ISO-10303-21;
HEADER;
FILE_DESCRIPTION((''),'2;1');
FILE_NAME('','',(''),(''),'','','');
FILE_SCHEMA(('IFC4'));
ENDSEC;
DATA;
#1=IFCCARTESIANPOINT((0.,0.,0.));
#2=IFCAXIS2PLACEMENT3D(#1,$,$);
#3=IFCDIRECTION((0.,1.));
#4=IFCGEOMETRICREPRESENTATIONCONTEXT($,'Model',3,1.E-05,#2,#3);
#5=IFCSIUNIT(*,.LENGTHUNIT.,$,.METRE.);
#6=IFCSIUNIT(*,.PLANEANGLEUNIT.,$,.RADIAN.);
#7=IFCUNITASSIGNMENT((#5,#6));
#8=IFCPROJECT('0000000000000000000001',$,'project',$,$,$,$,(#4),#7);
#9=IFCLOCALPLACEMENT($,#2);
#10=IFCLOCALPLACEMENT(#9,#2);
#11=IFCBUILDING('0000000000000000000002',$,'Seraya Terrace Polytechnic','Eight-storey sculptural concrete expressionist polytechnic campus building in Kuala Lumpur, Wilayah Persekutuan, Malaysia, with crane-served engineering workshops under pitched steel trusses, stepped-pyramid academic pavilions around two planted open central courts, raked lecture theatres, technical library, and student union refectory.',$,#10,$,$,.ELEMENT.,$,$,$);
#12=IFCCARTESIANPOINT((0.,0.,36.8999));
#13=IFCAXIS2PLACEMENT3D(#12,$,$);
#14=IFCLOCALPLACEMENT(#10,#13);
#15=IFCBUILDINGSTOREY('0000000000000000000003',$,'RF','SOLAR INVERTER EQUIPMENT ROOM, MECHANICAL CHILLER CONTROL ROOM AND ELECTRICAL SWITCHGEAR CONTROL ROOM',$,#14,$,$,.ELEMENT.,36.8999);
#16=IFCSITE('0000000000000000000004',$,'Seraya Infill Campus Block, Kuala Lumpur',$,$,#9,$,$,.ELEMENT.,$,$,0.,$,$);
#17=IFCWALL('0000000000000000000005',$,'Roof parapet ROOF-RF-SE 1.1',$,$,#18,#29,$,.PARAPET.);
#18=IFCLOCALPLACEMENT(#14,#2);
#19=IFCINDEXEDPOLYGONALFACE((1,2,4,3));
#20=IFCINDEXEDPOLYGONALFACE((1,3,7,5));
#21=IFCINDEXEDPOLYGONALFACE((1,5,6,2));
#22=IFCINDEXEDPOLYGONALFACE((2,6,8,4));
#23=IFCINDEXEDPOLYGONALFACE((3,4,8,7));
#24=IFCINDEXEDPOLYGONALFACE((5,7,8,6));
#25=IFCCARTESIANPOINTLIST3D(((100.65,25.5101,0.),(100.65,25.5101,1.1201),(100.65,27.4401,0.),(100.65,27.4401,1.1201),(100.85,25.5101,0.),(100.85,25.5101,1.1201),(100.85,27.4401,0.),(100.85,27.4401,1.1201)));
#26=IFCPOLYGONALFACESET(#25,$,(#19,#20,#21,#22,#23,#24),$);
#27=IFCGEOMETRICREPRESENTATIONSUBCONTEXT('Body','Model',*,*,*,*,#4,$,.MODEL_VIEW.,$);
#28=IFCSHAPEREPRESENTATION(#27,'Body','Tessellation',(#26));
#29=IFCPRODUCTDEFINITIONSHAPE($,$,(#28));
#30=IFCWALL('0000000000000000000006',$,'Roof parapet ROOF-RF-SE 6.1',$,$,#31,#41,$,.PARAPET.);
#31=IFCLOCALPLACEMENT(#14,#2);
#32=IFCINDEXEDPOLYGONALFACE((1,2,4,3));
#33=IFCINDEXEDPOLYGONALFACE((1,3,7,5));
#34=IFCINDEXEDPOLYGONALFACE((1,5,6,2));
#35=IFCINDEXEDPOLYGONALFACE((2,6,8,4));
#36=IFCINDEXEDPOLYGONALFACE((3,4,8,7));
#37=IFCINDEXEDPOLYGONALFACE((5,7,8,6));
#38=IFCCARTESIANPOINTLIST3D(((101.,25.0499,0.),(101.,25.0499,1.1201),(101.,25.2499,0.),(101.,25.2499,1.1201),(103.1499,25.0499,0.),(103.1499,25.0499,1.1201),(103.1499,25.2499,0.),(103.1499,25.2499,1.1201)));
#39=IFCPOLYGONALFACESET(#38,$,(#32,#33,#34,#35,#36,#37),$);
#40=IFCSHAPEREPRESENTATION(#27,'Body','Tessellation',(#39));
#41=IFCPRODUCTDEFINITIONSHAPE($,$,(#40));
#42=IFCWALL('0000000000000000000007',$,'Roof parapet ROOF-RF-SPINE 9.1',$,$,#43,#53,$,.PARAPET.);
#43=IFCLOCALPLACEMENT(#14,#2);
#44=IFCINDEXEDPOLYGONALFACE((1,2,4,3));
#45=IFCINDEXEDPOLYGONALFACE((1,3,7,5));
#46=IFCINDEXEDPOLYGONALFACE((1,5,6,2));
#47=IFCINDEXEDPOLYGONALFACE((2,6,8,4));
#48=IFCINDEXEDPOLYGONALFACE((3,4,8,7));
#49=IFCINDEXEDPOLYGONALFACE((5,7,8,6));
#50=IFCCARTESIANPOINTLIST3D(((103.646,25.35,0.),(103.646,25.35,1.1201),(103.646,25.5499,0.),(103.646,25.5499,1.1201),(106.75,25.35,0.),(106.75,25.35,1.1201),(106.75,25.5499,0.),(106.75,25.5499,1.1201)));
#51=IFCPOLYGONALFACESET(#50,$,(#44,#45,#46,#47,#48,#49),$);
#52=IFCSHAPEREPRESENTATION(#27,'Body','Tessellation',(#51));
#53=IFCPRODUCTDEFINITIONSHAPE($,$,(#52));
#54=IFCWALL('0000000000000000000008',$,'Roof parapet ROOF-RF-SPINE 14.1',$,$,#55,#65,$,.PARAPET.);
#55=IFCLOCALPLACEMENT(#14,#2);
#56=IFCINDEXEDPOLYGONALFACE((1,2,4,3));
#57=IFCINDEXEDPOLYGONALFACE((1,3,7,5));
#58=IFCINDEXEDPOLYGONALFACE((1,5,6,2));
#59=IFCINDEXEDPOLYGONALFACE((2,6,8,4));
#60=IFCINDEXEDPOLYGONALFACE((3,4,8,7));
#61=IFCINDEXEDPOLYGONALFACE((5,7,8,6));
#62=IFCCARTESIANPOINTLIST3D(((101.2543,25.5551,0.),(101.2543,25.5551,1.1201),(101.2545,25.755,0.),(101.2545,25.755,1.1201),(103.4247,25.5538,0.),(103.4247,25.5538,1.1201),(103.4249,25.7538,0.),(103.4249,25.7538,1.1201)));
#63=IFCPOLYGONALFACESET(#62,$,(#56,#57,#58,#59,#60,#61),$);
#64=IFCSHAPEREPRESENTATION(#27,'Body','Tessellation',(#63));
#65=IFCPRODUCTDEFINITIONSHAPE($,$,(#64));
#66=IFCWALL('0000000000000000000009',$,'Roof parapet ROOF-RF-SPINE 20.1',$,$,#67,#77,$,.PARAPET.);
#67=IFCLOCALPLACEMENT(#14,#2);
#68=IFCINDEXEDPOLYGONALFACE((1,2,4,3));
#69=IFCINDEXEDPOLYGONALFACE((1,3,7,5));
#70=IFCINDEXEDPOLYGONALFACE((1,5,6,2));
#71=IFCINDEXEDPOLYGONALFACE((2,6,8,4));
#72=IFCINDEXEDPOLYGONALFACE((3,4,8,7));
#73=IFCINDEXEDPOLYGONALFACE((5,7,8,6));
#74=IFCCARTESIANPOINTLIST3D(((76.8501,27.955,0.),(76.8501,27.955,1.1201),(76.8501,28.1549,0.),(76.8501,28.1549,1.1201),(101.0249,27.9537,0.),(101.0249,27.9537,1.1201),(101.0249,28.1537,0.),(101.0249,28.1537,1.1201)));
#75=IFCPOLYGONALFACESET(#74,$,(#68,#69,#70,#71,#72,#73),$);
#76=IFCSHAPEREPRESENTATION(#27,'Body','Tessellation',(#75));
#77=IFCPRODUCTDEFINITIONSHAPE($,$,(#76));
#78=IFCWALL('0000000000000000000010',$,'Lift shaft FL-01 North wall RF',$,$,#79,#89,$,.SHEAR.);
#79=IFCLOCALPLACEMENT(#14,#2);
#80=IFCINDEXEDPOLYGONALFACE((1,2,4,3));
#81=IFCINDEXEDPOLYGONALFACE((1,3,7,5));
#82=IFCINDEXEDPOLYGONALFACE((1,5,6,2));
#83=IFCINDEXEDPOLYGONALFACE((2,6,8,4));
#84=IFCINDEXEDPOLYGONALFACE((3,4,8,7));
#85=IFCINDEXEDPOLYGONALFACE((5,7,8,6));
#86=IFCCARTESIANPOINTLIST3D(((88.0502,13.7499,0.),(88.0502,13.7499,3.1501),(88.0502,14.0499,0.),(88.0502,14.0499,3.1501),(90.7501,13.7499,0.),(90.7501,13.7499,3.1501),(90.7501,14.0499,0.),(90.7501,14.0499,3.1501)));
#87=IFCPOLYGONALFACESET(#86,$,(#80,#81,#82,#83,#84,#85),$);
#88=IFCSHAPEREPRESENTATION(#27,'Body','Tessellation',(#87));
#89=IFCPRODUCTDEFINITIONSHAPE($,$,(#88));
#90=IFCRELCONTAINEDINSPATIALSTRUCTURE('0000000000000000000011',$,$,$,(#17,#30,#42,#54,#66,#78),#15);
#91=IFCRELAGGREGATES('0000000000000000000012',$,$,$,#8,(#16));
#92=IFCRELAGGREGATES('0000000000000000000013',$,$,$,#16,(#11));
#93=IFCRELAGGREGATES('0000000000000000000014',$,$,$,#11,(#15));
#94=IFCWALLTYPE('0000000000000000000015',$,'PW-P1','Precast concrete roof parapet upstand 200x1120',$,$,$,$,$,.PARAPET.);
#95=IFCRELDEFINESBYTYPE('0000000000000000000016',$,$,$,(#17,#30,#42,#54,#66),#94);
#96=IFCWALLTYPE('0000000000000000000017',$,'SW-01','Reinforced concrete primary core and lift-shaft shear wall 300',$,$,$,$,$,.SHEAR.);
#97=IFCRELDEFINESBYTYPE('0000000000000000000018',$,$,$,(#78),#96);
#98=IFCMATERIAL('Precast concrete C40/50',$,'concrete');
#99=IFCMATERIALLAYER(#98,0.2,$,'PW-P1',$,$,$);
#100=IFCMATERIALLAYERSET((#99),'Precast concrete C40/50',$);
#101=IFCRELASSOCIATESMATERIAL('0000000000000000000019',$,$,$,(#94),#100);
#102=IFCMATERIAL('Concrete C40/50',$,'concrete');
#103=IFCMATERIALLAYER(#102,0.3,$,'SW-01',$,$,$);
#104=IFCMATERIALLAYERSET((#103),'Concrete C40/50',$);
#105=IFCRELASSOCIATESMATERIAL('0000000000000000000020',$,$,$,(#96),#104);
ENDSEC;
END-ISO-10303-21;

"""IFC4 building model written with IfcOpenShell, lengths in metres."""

from ifc_helpers import new_model, si_unit, direction, frame, frame_2d, origin, place, context, subcontext, project, spatial, rectangle, extrude, material, layer, layer_set, type_object, element, save


model = new_model("IFC4")

# Units and contexts
model_context = context("Model", 3, precision=1e-05, world=origin(), true_north=direction((0.0, 1.0)))
body_context = subcontext(model_context, "Body", "Model", "MODEL_VIEW")
ifc_project = project(units=[si_unit("LENGTHUNIT", "METRE"), si_unit("PLANEANGLEUNIT", "RADIAN")], contexts=[model_context])

# Site, building, storey
site_placement = place(None, origin())
site = spatial("IfcSite", under=ifc_project, at=site_placement, Name="Seraya Infill Campus Block, Kuala Lumpur", CompositionType="ELEMENT", RefElevation=0.0)
building_placement = place(site_placement, origin())
building = spatial("IfcBuilding", under=site, at=building_placement, Name="Seraya Terrace Polytechnic", Description="Eight-storey sculptural concrete expressionist polytechnic campus building in Kuala Lumpur, Wilayah Persekutuan, Malaysia, with crane-served engineering workshops under pitched steel trusses, stepped-pyramid academic pavilions around two planted open central courts, raked lecture theatres, technical library, and student union refectory.", CompositionType="ELEMENT")
storey_placement = place(building_placement, frame((0.0, 0.0, 36.8999)))
storey = spatial("IfcBuildingStorey", under=building, at=storey_placement, Name="RF", Description="SOLAR INVERTER EQUIPMENT ROOM, MECHANICAL CHILLER CONTROL ROOM AND ELECTRICAL SWITCHGEAR CONTROL ROOM", CompositionType="ELEMENT", Elevation=36.8999)

# Shared definitions
ifc_material_1 = material(Name="Concrete C40/50", Category="concrete")

# Shared definitions
ifc_material_2 = material(Name="Precast concrete C40/50", Category="concrete")

# Walls
ifc_layer_1 = layer(ifc_material_2, 0.2, Name="PW-P1")
ifc_layer_set_1 = layer_set([ifc_layer_1], Name="Precast concrete C40/50")
wall_type_1 = type_object("IfcWallType", Name="PW-P1", Description="Precast concrete roof parapet upstand 200x1120", PredefinedType="PARAPET", material=ifc_layer_set_1)
wall_1_placement = place(storey_placement, frame((100.75, 27.4399, 0.0), z_axis=(0.0, 0.0, 1.0), x_axis=(0.0, -1.0, 0.0)))
element("IfcWall", 1, at=wall_1_placement, inside=storey, type_object=wall_type_1, Name="Roof parapet ROOF-RF-SE 1.1", PredefinedType="PARAPET", context=body_context, shape_type="SweptSolid", body=[
    extrude(rectangle(XDim=1.9299, YDim=0.2, at=frame_2d((0.9648, 0.0))), origin(), (0.0, 0.0, 1.0), 1.1201),
])
wall_2_placement = place(storey_placement, frame((101.0, 25.1499, 0.0), z_axis=(0.0, 0.0, 1.0), x_axis=(1.0, 0.0, 0.0)))
element("IfcWall", 2, at=wall_2_placement, inside=storey, type_object=wall_type_1, Name="Roof parapet ROOF-RF-SE 6.1", PredefinedType="PARAPET", context=body_context, shape_type="SweptSolid", body=[
    extrude(rectangle(XDim=2.1499, YDim=0.2, at=frame_2d((1.075, 0.0))), origin(), (0.0, 0.0, 1.0), 1.1201),
])
wall_3_placement = place(storey_placement, frame((106.75, 25.45, 0.0), z_axis=(0.0, 0.0, 1.0), x_axis=(-1.0, 0.0, 0.0)))
element("IfcWall", 3, at=wall_3_placement, inside=storey, type_object=wall_type_1, Name="Roof parapet ROOF-RF-SPINE 9.1", PredefinedType="PARAPET", context=body_context, shape_type="SweptSolid", body=[
    extrude(rectangle(XDim=3.104, YDim=0.2, at=frame_2d((1.552, 0.0))), origin(), (0.0, 0.0, 1.0), 1.1201),
])
wall_4_placement = place(storey_placement, frame((103.4248, 25.6538, 0.0), z_axis=(0.0, 0.0, 1.0), x_axis=(-1.0, 0.000562, 0.0)))
element("IfcWall", 4, at=wall_4_placement, inside=storey, type_object=wall_type_1, Name="Roof parapet ROOF-RF-SPINE 14.1", PredefinedType="PARAPET", context=body_context, shape_type="SweptSolid", body=[
    extrude(rectangle(XDim=2.1704, YDim=0.2, at=frame_2d((1.0852, 0.0))), origin(), (0.0, 0.0, 1.0), 1.1201),
])
wall_5_placement = place(storey_placement, frame((101.0249, 28.0537, 0.0), z_axis=(0.0, 0.0, 1.0), x_axis=(-1.0, 0.00005, 0.0)))
element("IfcWall", 5, at=wall_5_placement, inside=storey, type_object=wall_type_1, Name="Roof parapet ROOF-RF-SPINE 20.1", PredefinedType="PARAPET", context=body_context, shape_type="SweptSolid", body=[
    extrude(rectangle(XDim=24.1748, YDim=0.2, at=frame_2d((12.0874, 0.0))), origin(), (0.0, 0.0, 1.0), 1.1201),
])
ifc_layer_2 = layer(ifc_material_1, 0.3, Name="SW-01")
ifc_layer_set_2 = layer_set([ifc_layer_2], Name="Concrete C40/50")
wall_type_2 = type_object("IfcWallType", Name="SW-01", Description="Reinforced concrete primary core and lift-shaft shear wall 300", PredefinedType="SHEAR", material=ifc_layer_set_2)
wall_6_placement = place(storey_placement, frame((88.05, 13.8999, 0.0), z_axis=(0.0, 0.0, 1.0), x_axis=(1.0, 0.0, 0.0)))
element("IfcWall", 6, at=wall_6_placement, inside=storey, type_object=wall_type_2, Name="Lift shaft FL-01 North wall RF", PredefinedType="SHEAR", context=body_context, shape_type="SweptSolid", body=[
    extrude(rectangle(XDim=2.7, YDim=0.3, at=frame_2d((1.3501, 0.0))), origin(), (0.0, 0.0, 1.0), 3.1501),
])

save(model, "model.ifc")
